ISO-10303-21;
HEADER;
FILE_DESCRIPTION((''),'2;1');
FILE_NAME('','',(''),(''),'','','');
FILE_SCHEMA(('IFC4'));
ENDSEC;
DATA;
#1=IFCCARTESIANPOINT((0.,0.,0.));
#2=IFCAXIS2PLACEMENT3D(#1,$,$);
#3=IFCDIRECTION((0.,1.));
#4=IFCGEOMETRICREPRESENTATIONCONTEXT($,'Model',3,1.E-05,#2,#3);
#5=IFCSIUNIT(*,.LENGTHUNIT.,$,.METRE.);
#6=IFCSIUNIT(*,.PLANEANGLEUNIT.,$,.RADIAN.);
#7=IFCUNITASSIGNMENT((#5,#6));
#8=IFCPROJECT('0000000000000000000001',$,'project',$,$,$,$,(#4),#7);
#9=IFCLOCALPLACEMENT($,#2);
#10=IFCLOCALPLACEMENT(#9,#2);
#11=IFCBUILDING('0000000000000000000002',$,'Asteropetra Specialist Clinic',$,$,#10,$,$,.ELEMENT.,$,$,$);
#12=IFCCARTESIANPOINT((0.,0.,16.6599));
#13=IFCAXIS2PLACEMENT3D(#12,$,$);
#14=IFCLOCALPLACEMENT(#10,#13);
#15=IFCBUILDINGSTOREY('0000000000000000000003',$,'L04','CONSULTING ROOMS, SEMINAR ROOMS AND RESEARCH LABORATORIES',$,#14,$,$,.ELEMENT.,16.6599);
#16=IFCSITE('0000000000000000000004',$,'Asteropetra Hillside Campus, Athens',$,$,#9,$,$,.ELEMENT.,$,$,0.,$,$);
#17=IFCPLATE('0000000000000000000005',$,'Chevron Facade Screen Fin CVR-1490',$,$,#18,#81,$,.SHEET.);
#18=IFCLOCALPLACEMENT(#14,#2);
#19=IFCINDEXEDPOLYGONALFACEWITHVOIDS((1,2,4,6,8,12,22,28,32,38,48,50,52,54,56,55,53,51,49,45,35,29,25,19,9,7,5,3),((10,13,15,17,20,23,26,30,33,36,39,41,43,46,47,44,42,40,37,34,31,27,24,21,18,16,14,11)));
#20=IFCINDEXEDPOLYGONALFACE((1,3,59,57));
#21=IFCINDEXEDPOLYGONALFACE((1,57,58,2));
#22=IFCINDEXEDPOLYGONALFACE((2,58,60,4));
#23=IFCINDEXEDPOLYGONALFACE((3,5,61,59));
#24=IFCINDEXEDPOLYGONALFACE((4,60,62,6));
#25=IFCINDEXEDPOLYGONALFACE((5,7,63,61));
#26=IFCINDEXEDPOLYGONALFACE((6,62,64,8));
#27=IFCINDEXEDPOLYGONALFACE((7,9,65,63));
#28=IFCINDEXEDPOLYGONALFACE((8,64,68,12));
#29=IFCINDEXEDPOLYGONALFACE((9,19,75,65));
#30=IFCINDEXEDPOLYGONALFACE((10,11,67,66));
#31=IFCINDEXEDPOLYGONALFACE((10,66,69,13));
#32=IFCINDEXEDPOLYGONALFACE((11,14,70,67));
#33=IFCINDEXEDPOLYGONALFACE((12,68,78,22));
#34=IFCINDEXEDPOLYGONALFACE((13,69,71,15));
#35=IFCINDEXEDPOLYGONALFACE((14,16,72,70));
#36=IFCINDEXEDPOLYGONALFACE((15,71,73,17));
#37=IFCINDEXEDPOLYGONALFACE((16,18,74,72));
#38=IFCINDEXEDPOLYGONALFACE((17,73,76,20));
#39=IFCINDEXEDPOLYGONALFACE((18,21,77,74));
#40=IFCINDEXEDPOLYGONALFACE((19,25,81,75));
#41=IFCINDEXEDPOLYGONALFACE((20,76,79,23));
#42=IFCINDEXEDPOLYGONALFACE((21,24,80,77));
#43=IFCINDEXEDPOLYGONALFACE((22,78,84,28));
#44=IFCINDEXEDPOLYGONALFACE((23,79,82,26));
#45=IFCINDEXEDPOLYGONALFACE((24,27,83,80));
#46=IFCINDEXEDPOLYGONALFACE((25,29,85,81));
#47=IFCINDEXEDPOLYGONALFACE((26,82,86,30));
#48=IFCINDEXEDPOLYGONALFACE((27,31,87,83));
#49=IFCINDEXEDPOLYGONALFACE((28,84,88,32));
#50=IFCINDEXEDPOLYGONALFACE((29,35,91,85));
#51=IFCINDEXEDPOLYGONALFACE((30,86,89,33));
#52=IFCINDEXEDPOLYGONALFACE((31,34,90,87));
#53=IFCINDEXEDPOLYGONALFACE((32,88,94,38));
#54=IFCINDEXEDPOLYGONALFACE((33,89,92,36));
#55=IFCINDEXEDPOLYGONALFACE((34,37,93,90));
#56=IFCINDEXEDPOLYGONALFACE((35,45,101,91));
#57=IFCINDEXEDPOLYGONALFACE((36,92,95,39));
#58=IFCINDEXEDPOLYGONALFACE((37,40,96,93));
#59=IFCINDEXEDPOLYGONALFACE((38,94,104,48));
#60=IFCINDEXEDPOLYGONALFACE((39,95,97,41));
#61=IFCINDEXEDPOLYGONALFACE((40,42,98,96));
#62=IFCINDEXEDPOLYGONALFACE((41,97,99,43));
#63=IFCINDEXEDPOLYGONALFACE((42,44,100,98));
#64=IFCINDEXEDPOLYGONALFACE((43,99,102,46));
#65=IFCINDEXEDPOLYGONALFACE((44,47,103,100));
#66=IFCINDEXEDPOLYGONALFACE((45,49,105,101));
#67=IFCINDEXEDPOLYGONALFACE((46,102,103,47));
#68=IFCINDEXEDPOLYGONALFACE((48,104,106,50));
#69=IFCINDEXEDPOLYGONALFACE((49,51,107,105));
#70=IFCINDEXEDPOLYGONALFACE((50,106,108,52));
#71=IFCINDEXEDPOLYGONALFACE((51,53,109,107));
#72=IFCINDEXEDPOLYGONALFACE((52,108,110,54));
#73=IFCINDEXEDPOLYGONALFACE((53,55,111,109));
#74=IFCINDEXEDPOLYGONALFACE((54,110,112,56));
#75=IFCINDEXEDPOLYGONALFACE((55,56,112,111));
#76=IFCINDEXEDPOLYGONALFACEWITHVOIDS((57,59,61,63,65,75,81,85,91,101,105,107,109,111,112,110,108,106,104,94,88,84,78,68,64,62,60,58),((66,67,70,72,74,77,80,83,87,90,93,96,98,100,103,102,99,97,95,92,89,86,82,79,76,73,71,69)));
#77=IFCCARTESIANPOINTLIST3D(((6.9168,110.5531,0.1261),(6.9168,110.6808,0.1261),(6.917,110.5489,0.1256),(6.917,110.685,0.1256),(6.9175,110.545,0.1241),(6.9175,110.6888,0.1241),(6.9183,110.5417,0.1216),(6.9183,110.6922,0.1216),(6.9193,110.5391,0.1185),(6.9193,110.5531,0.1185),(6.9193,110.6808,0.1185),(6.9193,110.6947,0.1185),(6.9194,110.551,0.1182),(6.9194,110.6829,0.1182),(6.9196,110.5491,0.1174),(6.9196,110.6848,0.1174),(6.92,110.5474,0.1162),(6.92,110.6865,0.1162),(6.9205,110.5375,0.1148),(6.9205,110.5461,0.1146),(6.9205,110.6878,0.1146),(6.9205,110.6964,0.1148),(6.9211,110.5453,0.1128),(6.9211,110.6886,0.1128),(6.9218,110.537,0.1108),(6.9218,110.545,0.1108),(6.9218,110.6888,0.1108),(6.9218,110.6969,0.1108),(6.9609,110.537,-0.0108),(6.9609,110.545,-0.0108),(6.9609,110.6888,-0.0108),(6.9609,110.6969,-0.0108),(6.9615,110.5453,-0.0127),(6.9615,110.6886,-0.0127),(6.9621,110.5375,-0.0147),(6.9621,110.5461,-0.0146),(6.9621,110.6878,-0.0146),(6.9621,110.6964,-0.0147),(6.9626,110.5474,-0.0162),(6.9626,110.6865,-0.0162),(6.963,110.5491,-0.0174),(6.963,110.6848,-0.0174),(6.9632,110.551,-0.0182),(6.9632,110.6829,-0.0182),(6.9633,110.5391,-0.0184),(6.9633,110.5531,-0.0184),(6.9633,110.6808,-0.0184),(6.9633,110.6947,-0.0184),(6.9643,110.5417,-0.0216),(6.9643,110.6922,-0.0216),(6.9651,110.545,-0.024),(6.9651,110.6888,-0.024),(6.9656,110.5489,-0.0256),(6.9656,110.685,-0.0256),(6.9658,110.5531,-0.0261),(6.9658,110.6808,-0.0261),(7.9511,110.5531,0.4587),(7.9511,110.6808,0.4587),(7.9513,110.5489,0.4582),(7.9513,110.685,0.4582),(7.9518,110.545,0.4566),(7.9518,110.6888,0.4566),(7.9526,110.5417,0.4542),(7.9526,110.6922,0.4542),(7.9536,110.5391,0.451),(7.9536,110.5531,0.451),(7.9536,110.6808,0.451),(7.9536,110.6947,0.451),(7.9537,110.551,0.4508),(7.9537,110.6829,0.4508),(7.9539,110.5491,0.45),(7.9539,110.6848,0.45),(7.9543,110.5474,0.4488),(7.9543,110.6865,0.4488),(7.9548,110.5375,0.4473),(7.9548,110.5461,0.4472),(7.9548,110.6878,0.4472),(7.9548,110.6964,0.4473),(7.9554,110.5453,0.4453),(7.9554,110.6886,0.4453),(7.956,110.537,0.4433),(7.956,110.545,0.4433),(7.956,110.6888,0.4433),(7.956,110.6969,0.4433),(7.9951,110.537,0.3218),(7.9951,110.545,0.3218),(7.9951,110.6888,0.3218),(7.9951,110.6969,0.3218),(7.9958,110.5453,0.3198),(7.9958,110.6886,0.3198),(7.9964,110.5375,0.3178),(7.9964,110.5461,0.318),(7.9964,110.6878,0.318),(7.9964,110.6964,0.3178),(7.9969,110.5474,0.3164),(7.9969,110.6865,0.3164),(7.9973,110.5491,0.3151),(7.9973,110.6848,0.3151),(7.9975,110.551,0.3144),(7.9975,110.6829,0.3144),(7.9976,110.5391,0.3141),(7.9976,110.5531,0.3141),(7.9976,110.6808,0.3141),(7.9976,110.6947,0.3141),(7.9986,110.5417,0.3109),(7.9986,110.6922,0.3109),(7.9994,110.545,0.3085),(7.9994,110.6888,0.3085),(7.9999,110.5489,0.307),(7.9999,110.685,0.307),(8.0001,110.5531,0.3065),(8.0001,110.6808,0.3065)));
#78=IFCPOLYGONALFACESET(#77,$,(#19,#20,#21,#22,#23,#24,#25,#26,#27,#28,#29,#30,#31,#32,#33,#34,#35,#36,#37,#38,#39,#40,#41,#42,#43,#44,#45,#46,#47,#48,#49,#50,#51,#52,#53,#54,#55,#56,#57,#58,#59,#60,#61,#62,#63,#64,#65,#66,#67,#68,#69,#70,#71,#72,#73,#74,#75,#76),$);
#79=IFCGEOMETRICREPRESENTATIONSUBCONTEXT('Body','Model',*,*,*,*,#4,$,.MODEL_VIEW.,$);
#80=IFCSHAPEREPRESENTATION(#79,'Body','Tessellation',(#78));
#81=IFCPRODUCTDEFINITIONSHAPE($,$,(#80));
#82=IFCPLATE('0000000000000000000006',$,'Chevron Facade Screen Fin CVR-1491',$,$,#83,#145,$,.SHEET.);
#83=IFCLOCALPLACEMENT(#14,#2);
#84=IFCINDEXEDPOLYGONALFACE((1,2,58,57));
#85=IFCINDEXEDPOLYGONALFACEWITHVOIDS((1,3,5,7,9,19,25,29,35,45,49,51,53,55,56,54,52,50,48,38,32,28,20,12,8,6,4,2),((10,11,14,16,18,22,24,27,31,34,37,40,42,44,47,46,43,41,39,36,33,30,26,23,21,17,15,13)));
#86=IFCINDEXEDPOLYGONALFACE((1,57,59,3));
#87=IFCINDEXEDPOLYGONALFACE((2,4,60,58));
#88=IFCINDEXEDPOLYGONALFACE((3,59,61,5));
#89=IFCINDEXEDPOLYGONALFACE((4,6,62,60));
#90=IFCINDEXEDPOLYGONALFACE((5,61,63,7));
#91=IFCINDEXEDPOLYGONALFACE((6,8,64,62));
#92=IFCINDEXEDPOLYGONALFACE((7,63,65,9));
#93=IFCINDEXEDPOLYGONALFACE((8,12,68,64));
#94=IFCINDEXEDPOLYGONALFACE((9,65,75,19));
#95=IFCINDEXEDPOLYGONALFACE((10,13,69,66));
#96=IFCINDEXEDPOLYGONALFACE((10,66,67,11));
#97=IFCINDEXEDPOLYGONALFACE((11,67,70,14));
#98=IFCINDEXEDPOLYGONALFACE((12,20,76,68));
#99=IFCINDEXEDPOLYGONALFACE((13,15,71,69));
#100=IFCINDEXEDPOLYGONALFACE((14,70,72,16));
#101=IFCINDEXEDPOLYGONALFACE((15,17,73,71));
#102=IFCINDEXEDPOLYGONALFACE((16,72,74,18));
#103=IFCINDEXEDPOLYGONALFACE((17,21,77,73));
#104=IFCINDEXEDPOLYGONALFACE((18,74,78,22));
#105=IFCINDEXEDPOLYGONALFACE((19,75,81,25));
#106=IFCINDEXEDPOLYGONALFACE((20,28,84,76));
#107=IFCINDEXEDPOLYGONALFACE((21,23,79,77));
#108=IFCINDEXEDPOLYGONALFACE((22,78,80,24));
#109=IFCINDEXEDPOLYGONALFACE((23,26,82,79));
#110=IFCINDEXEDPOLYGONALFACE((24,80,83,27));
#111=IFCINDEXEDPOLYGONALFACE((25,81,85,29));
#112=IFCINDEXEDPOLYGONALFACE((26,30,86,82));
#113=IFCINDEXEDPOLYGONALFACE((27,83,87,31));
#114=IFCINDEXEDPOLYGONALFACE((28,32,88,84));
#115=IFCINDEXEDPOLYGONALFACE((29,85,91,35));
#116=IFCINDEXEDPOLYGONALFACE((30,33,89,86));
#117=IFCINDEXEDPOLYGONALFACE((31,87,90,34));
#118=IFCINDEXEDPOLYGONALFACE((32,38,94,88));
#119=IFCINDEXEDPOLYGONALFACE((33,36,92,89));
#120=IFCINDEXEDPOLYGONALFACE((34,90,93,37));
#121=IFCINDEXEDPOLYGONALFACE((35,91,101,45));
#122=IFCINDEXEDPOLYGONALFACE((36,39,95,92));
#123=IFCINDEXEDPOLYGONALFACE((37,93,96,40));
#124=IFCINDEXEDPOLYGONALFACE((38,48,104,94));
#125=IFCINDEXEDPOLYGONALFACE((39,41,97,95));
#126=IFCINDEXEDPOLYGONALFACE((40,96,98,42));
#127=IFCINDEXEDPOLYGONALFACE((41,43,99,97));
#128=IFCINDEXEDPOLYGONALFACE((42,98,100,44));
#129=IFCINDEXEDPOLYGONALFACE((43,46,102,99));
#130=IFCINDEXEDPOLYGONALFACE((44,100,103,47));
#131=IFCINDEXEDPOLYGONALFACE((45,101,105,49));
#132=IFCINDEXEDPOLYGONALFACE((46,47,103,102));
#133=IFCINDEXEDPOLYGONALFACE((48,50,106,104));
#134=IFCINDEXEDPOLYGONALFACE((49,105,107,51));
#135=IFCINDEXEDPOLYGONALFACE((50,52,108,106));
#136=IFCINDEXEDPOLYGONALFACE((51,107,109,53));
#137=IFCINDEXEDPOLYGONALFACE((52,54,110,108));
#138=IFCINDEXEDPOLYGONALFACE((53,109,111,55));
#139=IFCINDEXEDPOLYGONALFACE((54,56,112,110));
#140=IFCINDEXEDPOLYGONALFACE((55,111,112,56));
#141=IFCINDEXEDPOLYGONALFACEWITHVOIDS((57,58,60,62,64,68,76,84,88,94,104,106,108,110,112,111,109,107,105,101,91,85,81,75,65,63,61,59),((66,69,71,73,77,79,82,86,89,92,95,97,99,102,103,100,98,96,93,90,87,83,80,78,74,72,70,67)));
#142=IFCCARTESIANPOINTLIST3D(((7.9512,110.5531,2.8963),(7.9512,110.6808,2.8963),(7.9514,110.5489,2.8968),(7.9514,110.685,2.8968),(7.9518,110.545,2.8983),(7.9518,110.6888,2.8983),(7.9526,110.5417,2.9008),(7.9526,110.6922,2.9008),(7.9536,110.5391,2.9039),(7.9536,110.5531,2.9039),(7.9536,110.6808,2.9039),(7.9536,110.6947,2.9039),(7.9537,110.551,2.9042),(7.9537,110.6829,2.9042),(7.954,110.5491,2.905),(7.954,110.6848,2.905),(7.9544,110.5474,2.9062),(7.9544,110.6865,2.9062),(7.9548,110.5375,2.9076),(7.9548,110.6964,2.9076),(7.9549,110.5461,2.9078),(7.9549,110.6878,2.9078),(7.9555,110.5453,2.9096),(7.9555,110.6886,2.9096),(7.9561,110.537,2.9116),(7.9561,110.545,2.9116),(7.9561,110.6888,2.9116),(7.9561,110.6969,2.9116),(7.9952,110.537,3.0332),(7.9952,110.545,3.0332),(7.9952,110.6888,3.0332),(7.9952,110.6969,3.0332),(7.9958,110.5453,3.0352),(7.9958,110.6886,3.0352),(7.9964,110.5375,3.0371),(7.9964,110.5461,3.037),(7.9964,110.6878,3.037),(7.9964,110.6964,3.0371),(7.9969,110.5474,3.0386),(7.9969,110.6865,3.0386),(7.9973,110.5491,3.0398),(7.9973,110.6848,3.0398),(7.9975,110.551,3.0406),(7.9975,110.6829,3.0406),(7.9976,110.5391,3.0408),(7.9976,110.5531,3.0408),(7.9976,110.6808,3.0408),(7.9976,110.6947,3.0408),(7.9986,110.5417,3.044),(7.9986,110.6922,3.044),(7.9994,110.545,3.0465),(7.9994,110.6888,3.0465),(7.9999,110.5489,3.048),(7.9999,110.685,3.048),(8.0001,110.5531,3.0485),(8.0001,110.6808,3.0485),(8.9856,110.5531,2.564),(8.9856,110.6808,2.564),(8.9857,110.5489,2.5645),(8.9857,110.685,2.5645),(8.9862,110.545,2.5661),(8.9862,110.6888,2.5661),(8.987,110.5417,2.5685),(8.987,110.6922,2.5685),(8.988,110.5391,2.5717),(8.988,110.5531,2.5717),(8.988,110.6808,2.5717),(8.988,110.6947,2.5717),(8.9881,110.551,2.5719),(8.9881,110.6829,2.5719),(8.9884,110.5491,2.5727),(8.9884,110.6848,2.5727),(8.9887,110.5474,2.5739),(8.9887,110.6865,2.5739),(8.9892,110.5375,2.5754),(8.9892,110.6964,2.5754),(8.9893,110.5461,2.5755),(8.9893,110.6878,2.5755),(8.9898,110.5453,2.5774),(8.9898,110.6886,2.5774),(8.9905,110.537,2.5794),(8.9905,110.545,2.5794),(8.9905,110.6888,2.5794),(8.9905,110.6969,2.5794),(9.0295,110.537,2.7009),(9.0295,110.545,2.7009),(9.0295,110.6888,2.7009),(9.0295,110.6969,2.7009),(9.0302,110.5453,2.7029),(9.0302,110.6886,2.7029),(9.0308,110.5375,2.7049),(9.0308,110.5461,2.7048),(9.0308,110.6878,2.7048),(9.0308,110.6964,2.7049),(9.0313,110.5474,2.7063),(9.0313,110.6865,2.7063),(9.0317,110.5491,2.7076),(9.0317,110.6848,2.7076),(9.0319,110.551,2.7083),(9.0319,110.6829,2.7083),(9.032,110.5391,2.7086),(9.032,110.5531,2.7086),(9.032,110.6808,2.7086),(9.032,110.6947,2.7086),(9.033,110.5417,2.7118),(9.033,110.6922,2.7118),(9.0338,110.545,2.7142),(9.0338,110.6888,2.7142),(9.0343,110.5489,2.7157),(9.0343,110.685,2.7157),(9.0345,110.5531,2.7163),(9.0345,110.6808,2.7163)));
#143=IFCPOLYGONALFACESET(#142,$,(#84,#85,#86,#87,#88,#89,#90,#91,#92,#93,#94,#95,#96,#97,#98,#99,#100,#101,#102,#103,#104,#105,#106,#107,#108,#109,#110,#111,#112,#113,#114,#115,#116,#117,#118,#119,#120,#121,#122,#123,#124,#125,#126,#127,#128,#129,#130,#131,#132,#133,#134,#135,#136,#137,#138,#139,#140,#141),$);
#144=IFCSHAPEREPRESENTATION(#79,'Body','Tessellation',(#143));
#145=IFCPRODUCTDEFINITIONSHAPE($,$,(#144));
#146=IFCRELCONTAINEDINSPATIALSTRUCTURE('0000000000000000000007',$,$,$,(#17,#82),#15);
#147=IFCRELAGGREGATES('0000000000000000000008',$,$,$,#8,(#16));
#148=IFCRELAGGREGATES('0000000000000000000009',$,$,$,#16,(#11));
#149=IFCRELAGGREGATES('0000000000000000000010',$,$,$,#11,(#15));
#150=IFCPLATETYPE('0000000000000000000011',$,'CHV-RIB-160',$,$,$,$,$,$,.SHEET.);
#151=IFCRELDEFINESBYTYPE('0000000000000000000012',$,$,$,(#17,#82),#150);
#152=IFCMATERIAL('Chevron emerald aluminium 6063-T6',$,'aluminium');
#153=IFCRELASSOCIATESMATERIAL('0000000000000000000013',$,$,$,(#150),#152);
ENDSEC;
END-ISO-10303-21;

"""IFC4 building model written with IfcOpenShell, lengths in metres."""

from ifc_helpers import new_model, si_unit, direction, frame, origin, origin_2d, place, context, subcontext, project, spatial, hollow_rectangle, extrude, material, material_profile, profile_set, type_object, element, save


model = new_model("IFC4")

# Units and contexts
model_context = context("Model", 3, precision=1e-05, world=origin(), true_north=direction((0.0, 1.0)))
body_context = subcontext(model_context, "Body", "Model", "MODEL_VIEW")
ifc_project = project(units=[si_unit("LENGTHUNIT", "METRE"), si_unit("PLANEANGLEUNIT", "RADIAN")], contexts=[model_context])

# Site, building, storey
site_placement = place(None, origin())
site = spatial("IfcSite", under=ifc_project, at=site_placement, Name="Asteropetra Hillside Campus, Athens", CompositionType="ELEMENT", RefElevation=0.0)
building_placement = place(site_placement, origin())
building = spatial("IfcBuilding", under=site, at=building_placement, Name="Asteropetra Specialist Clinic", CompositionType="ELEMENT")
storey_placement = place(building_placement, frame((0.0, 0.0, 16.6599)))
storey = spatial("IfcBuildingStorey", under=building, at=storey_placement, Name="L04", Description="CONSULTING ROOMS, SEMINAR ROOMS AND RESEARCH LABORATORIES", CompositionType="ELEMENT", Elevation=16.6599)

# Plates
ifc_material_1 = material(Name="Chevron emerald aluminium 6063-T6", Category="aluminium")
ifc_material_profile_1 = material_profile(ifc_material_1, hollow_rectangle(XDim=0.1599, YDim=0.1599, WallThickness=0.0081, InnerFilletRadius=0.0081, OuterFilletRadius=0.0161, at=origin_2d()), Name="SHS 160x160x8.0")
ifc_profile_set_1 = profile_set([ifc_material_profile_1], Name="Chevron emerald aluminium 6063-T6")
plate_type_1 = type_object("IfcPlateType", Name="CHV-RIB-160", PredefinedType="SHEET", material=ifc_profile_set_1)
for number, where, z_axis, x_axis, name in (
    (1, (7.9756, 110.6169, 0.3826), (-0.952, 0.0, -0.306096), (0.0, -1.0, 0.0), "Chevron Facade Screen Fin CVR-1490"),
    (2, (9.01, 110.6169, 2.6401), (-0.952087, 0.0, 0.305827), (0.0, -1.0, 0.0), "Chevron Facade Screen Fin CVR-1491"),
):
    element("IfcPlate", number, at=place(storey_placement, frame(where, z_axis=z_axis, x_axis=x_axis)), inside=storey, type_object=plate_type_1, Name=name, PredefinedType="SHEET", context=body_context, shape_type="SweptSolid", body=[
        extrude(hollow_rectangle(XDim=0.1599, YDim=0.1599, WallThickness=0.0081, InnerFilletRadius=0.0081, OuterFilletRadius=0.0161, at=origin_2d()), origin(), (0.0, 0.0, 1.0), 1.0864),
    ])

save(model, "model.ifc")
